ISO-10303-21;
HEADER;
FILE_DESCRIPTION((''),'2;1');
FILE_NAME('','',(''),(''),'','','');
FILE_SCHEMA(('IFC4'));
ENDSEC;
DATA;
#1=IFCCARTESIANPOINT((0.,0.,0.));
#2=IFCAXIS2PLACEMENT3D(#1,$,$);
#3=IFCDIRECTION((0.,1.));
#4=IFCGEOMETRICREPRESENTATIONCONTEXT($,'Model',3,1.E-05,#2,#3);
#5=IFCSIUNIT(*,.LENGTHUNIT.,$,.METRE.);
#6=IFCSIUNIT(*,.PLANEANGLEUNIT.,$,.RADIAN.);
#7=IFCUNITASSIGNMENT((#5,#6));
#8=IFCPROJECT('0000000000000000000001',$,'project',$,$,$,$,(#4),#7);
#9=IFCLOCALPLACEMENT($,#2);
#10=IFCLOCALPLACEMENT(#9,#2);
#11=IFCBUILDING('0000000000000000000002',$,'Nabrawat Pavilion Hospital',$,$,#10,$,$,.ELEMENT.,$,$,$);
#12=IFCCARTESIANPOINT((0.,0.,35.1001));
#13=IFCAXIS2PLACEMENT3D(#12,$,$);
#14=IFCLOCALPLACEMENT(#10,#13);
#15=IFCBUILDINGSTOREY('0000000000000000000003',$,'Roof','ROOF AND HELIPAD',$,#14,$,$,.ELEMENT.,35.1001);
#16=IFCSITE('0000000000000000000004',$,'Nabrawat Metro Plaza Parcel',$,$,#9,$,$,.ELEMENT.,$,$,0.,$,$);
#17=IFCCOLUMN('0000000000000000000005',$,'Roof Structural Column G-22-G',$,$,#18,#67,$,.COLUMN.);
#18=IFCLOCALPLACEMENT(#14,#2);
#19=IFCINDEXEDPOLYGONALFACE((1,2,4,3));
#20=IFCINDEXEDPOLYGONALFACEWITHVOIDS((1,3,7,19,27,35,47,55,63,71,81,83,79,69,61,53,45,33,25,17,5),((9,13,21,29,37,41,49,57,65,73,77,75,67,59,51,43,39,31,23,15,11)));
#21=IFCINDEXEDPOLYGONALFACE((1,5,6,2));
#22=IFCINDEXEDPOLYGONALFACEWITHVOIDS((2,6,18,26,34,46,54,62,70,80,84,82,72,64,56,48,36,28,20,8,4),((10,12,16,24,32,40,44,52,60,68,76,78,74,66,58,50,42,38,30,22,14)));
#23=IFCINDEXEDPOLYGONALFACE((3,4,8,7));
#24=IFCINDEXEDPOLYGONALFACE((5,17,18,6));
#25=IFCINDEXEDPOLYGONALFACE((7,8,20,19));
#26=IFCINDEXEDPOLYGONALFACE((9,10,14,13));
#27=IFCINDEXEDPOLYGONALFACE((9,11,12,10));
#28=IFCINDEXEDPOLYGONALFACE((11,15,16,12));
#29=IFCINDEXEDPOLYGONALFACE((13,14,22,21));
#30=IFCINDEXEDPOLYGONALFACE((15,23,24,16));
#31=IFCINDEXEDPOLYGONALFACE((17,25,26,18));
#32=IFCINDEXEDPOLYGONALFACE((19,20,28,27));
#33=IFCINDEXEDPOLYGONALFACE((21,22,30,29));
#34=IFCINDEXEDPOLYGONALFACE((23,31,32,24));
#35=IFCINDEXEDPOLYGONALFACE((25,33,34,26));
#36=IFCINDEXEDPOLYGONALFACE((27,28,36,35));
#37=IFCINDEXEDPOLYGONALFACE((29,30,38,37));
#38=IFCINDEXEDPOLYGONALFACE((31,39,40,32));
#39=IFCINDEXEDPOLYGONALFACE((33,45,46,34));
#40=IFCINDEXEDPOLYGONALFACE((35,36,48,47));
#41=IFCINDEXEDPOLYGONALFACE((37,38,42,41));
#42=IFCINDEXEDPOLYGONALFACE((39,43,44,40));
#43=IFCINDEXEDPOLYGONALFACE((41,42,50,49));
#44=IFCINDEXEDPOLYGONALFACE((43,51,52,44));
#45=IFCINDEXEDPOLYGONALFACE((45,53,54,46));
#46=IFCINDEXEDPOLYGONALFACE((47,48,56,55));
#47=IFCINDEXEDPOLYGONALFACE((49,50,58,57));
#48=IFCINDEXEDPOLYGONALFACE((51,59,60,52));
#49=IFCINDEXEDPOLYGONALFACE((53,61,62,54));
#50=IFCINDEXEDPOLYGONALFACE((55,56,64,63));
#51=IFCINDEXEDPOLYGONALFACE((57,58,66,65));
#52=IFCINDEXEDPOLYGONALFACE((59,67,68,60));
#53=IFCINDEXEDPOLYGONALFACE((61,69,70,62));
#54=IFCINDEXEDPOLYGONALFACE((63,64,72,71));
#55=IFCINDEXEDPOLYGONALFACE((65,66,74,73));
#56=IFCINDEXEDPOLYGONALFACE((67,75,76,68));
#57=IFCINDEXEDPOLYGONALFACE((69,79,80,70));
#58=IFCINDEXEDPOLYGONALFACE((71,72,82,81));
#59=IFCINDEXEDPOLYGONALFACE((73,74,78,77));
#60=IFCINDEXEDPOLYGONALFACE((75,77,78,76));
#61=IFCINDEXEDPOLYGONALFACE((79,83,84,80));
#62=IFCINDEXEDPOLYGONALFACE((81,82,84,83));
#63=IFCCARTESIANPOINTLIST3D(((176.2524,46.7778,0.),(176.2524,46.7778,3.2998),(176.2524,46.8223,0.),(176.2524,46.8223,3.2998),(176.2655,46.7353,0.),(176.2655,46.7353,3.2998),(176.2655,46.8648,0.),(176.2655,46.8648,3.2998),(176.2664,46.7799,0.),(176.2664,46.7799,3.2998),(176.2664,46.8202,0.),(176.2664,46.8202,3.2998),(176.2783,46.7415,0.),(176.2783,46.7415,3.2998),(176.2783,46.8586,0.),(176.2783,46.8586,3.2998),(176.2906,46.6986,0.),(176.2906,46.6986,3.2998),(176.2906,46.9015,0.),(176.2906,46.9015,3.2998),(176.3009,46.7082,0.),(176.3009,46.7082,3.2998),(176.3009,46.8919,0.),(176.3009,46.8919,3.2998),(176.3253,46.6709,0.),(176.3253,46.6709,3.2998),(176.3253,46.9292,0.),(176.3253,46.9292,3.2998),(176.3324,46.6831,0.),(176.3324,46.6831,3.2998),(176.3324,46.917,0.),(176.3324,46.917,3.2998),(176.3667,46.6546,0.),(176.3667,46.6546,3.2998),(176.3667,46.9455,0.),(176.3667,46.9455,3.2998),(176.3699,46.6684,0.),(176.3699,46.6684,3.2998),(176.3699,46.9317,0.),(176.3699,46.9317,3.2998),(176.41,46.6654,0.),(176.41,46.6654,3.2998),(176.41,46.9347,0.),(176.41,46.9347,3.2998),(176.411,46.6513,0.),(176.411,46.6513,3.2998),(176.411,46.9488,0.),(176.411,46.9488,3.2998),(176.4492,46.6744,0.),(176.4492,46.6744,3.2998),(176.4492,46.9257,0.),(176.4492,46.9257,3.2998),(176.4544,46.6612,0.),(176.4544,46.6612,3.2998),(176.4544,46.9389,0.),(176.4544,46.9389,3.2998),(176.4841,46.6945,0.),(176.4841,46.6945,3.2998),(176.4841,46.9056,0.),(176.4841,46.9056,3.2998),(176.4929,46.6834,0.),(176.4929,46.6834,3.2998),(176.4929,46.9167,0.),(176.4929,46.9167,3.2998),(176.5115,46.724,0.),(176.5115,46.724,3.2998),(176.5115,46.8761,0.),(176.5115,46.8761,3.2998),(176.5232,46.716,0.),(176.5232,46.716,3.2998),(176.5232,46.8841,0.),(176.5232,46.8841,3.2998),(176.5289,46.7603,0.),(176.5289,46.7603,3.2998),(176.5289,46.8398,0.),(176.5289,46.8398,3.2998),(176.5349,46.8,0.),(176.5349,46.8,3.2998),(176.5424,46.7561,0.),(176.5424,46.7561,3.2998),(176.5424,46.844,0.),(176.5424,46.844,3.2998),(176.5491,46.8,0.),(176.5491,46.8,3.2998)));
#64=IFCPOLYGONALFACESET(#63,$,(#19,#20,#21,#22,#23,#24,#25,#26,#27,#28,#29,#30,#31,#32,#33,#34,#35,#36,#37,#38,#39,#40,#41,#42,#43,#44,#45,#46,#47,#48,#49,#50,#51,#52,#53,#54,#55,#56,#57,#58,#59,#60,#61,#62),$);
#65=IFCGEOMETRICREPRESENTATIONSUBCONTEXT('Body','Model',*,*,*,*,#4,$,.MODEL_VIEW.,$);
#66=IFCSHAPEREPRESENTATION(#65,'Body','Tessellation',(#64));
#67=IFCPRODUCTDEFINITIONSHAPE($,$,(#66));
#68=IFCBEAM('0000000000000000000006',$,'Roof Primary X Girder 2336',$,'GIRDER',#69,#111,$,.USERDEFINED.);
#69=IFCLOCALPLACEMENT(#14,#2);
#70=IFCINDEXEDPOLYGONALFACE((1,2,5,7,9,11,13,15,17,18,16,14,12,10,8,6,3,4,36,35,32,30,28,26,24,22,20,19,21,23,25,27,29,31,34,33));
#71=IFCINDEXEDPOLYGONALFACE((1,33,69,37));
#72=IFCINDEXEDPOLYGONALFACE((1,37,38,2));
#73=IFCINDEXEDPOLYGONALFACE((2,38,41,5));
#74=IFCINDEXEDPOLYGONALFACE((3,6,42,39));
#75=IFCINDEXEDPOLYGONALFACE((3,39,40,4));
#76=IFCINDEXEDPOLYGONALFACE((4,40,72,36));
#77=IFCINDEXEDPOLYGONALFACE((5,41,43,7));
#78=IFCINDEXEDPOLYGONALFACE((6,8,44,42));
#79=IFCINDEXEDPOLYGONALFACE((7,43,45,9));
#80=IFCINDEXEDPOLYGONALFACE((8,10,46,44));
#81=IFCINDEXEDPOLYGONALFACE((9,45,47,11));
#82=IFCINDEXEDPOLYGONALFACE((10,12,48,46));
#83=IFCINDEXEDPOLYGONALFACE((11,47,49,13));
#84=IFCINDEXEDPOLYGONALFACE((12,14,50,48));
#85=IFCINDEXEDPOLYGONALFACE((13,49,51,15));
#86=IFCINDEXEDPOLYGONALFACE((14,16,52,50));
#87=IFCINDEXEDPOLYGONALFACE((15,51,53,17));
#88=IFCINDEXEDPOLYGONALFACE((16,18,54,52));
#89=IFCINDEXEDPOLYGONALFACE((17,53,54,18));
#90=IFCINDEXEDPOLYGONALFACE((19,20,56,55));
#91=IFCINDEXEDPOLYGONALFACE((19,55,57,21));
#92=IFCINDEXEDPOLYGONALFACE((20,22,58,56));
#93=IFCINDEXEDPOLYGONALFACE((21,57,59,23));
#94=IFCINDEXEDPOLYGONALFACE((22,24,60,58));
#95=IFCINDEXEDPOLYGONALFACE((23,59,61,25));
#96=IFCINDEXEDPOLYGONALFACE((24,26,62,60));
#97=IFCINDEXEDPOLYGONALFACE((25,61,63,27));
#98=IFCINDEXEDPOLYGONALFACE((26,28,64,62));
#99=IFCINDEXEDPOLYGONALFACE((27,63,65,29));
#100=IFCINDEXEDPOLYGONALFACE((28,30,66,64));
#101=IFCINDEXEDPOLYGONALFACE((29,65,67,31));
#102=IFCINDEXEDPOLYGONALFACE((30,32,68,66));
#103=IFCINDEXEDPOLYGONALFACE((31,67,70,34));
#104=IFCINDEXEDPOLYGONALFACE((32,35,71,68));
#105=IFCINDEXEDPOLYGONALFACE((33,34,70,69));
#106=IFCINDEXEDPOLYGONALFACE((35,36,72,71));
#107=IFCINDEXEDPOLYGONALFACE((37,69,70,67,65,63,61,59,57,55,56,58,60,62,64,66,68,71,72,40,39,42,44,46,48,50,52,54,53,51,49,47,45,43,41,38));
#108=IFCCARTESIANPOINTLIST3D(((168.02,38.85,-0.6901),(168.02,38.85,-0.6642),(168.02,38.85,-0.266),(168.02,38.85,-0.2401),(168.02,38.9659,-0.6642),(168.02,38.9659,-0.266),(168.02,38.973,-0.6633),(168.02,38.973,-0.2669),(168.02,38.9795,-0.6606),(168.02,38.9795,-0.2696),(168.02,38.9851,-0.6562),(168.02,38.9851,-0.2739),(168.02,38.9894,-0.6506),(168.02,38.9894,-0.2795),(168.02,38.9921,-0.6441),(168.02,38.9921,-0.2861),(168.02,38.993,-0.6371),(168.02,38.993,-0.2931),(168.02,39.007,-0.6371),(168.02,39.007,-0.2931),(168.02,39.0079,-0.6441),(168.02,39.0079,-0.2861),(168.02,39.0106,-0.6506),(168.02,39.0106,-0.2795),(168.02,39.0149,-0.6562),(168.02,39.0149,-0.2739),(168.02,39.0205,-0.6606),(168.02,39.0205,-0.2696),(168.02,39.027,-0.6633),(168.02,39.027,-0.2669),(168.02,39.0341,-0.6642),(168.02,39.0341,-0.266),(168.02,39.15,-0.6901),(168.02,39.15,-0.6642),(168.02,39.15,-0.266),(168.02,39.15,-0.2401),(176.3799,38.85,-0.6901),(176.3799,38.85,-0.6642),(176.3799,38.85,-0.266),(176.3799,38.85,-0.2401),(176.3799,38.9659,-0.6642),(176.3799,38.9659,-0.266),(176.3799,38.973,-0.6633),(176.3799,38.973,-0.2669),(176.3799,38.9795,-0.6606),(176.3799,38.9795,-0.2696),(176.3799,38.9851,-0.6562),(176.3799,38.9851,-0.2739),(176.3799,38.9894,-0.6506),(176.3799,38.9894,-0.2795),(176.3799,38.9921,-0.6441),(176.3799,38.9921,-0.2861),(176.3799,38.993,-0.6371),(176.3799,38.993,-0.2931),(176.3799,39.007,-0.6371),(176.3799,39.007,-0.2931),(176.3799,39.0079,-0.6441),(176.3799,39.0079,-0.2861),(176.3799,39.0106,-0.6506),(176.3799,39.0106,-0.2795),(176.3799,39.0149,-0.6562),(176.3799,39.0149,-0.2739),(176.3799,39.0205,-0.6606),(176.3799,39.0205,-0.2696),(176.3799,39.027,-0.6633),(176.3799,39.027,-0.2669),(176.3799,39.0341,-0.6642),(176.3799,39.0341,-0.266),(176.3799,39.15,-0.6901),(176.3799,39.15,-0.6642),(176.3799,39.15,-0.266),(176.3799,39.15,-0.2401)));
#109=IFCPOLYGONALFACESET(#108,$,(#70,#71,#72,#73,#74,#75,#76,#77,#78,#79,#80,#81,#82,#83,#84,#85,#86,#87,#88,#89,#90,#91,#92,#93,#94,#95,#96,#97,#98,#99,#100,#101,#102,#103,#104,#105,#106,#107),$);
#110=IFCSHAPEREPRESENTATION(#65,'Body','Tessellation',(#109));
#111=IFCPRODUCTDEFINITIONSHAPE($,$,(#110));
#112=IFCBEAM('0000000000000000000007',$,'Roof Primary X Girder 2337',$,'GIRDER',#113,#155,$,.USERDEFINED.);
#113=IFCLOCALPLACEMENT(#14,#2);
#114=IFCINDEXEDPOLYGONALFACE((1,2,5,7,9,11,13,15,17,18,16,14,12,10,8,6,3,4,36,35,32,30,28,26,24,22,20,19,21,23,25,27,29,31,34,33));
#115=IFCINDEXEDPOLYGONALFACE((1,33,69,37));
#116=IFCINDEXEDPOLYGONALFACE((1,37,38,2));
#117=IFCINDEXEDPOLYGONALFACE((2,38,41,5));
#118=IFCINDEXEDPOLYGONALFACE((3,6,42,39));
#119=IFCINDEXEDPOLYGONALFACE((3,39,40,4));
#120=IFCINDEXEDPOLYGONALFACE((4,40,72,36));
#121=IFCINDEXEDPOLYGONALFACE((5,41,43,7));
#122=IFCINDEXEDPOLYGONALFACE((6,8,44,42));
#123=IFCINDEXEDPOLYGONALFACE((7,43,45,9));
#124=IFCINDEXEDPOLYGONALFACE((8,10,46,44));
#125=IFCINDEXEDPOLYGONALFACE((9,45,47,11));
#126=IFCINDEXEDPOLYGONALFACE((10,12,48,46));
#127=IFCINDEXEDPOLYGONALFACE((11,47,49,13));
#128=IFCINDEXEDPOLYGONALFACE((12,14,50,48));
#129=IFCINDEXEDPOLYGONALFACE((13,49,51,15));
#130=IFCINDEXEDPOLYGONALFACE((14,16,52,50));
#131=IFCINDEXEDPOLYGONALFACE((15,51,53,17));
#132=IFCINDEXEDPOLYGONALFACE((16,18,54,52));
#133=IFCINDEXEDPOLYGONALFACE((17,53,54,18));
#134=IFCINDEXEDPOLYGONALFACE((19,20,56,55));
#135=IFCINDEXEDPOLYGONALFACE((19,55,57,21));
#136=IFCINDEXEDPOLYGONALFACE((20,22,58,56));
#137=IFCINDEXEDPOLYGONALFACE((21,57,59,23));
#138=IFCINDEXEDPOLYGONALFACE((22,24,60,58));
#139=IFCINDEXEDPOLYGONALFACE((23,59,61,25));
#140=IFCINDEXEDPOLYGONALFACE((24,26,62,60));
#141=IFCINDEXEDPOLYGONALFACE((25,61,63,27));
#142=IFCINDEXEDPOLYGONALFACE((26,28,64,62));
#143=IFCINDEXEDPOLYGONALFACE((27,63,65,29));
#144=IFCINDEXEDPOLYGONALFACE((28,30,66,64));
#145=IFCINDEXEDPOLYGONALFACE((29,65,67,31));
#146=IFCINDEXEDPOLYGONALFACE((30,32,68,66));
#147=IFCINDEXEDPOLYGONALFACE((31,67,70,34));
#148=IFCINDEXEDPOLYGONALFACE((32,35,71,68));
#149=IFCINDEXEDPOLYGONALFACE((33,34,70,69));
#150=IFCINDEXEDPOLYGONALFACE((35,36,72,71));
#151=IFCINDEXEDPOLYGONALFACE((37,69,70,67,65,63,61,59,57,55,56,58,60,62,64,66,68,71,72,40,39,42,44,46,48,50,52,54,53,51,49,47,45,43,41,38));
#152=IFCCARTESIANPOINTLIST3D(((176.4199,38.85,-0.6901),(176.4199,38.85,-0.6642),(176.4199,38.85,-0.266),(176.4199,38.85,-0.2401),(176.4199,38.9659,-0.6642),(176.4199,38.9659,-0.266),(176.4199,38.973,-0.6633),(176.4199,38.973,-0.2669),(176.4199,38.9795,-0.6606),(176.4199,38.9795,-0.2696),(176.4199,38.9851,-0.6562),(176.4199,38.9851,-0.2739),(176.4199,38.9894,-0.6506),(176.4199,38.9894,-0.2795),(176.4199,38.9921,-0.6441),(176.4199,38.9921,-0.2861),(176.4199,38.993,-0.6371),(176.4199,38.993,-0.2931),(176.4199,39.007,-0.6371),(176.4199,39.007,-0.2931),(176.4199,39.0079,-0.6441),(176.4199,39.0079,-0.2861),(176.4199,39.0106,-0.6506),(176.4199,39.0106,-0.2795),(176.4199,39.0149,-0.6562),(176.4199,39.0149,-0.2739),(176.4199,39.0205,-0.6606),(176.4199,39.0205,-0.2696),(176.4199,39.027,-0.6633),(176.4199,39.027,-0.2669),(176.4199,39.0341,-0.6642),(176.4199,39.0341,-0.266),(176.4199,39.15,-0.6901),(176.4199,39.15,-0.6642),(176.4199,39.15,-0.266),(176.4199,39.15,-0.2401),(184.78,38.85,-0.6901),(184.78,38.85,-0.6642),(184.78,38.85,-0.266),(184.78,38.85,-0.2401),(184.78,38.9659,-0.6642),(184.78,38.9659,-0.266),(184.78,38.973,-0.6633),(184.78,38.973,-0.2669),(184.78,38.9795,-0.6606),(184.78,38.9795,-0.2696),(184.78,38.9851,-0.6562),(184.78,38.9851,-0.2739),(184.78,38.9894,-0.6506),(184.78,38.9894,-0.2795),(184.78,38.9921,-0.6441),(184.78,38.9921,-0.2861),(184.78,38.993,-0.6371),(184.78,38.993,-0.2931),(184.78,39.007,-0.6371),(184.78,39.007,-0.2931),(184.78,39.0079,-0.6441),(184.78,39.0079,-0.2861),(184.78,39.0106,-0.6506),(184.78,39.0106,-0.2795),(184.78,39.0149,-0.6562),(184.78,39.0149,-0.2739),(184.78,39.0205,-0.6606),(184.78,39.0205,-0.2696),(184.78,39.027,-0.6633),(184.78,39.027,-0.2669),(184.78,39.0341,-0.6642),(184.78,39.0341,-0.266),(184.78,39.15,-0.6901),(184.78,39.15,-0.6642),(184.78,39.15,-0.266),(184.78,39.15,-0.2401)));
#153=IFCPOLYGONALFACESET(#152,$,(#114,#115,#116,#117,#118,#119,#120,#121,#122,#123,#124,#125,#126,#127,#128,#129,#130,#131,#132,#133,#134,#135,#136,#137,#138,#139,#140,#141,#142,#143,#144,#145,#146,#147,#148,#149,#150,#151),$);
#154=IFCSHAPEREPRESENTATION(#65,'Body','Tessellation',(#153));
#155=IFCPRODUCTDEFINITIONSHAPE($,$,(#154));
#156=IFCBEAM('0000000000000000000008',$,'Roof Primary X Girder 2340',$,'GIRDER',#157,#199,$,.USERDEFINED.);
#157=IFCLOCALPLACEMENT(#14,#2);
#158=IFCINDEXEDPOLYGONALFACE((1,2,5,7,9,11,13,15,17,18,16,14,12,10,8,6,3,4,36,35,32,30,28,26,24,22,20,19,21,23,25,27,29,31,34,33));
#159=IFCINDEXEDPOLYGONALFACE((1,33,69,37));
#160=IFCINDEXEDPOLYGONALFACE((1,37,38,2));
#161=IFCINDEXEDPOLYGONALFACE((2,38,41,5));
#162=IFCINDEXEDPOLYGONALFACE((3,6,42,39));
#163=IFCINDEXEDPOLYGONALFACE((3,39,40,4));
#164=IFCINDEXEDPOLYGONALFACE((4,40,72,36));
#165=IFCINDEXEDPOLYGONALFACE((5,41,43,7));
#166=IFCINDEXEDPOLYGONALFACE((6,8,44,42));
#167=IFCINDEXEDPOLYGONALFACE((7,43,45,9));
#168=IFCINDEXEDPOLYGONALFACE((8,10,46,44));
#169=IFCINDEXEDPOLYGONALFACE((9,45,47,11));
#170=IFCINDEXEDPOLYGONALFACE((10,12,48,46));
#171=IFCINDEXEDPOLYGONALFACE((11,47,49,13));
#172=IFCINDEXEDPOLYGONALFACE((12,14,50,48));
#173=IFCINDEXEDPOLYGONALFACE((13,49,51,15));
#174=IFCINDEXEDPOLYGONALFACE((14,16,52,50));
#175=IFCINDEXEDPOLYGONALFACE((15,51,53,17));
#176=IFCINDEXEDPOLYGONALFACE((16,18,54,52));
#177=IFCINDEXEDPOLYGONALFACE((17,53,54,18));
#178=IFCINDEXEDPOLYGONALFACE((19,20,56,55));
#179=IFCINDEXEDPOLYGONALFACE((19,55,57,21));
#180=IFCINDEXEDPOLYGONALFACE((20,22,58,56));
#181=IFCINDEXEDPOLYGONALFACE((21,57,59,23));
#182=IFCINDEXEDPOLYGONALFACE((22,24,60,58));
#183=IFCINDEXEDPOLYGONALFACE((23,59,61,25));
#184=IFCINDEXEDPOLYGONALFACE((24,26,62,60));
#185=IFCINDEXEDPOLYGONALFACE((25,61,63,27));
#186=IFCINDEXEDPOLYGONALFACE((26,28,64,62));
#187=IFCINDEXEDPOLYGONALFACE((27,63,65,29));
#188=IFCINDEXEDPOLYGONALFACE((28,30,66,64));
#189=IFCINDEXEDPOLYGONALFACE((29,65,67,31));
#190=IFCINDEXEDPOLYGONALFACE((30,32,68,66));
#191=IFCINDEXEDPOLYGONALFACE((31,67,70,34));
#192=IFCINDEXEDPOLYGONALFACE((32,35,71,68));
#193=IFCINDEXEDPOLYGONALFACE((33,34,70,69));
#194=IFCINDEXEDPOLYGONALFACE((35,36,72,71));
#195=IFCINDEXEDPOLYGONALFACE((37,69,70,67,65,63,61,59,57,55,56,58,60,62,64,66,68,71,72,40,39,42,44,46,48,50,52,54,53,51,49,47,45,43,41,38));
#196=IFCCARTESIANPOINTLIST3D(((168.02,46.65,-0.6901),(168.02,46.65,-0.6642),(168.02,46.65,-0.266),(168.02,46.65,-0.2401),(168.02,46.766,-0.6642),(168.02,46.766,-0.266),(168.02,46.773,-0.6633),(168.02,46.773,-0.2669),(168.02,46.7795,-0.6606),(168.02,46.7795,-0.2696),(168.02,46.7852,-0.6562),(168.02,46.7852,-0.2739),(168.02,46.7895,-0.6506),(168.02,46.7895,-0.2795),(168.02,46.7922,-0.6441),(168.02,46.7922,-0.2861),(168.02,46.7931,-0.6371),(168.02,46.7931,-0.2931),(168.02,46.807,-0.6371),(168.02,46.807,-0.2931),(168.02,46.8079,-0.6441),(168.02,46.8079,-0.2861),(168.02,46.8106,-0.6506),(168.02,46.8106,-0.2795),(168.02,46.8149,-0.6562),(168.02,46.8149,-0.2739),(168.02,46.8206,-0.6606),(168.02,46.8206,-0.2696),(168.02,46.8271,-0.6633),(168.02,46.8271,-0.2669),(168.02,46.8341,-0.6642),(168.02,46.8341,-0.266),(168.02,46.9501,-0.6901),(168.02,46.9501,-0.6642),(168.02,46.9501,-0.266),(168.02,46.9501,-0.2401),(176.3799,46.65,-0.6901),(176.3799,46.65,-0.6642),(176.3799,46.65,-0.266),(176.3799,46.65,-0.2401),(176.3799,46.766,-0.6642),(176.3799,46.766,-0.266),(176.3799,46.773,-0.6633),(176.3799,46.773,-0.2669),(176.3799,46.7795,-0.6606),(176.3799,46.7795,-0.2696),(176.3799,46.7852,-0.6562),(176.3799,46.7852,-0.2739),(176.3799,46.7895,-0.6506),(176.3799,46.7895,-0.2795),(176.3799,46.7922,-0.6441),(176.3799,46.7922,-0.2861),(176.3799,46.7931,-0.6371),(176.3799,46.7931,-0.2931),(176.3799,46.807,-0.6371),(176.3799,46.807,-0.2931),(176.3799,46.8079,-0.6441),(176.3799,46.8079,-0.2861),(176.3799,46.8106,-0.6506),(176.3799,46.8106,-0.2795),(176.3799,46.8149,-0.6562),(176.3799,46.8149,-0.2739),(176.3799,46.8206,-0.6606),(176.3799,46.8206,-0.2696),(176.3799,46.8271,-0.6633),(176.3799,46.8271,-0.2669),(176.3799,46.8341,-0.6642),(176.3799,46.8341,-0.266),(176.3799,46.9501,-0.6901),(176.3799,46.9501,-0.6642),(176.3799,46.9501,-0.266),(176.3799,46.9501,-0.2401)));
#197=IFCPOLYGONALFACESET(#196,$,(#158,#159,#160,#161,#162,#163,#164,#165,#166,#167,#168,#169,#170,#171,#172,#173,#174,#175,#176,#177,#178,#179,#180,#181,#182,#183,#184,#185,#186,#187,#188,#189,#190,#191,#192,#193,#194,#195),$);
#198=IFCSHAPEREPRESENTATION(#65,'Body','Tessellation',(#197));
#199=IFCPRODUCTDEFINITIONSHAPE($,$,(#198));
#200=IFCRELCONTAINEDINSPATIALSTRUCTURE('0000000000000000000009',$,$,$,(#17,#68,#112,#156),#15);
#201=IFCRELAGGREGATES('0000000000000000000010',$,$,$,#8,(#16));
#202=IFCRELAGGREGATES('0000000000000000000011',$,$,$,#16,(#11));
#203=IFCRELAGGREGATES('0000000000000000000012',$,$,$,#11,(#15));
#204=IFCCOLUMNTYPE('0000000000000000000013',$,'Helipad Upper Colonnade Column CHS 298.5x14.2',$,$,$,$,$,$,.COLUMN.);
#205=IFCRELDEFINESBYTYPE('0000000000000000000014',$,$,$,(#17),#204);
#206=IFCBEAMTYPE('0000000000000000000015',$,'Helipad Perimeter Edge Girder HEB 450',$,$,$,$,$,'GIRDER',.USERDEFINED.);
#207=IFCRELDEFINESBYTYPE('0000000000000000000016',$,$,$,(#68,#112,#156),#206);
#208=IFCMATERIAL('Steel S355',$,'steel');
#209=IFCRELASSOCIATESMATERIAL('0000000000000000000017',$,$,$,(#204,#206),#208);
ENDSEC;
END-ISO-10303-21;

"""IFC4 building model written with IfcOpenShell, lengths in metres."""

from ifc_helpers import new_model, si_unit, direction, frame, origin, origin_2d, place, context, subcontext, project, spatial, hollow_circle, i_section, extrude, material, material_profile, profile_set, type_object, element, save


model = new_model("IFC4")

# Units and contexts
model_context = context("Model", 3, precision=1e-05, world=origin(), true_north=direction((0.0, 1.0)))
body_context = subcontext(model_context, "Body", "Model", "MODEL_VIEW")
ifc_project = project(units=[si_unit("LENGTHUNIT", "METRE"), si_unit("PLANEANGLEUNIT", "RADIAN")], contexts=[model_context])

# Site, building, storey
site_placement = place(None, origin())
site = spatial("IfcSite", under=ifc_project, at=site_placement, Name="Nabrawat Metro Plaza Parcel", CompositionType="ELEMENT", RefElevation=0.0)
building_placement = place(site_placement, origin())
building = spatial("IfcBuilding", under=site, at=building_placement, Name="Nabrawat Pavilion Hospital", CompositionType="ELEMENT")
storey_placement = place(building_placement, frame((0.0, 0.0, 35.1001)))
storey = spatial("IfcBuildingStorey", under=building, at=storey_placement, Name="Roof", Description="ROOF AND HELIPAD", CompositionType="ELEMENT", Elevation=35.1001)

# Column
ifc_material_1 = material(Name="Steel S355", Category="steel")
ifc_material_profile_1 = material_profile(ifc_material_1, hollow_circle(Radius=0.1492, WallThickness=0.0142, at=origin_2d()), Name="CHS 298.5x14.2")
ifc_profile_set_1 = profile_set([ifc_material_profile_1], Name="Steel S355")
column_type = type_object("IfcColumnType", Name="Helipad Upper Colonnade Column CHS 298.5x14.2", PredefinedType="COLUMN", material=ifc_profile_set_1)
column_placement = place(storey_placement, frame((176.3999, 46.8, 0.0), z_axis=(0.0, 0.0, 1.0), x_axis=(1.0, 0.0, 0.0)))
element("IfcColumn", 1, at=column_placement, inside=storey, type_object=column_type, Name="Roof Structural Column G-22-G", PredefinedType="COLUMN", context=body_context, shape_type="SweptSolid", body=[
    extrude(hollow_circle(Radius=0.1492, WallThickness=0.0142, at=origin_2d()), origin(), (0.0, 0.0, 1.0), 3.2998),
])

# Beams
ifc_material_profile_2 = material_profile(ifc_material_1, i_section(OverallWidth=0.3, OverallDepth=0.45, WebThickness=0.0139, FlangeThickness=0.0259, FilletRadius=0.0271, at=origin_2d()), Name="HEB 450")
ifc_profile_set_2 = profile_set([ifc_material_profile_2], Name="Steel S355")
beam_type_1 = type_object("IfcBeamType", Name="Helipad Perimeter Edge Girder HEB 450", ElementType="GIRDER", PredefinedType="USERDEFINED", material=ifc_profile_set_2)
beam_1_placement = place(storey_placement, frame((168.02, 39.0, -0.4651), z_axis=(1.0, 0.0, 0.0), x_axis=(0.0, 1.0, 0.0)))
element("IfcBeam", 2, at=beam_1_placement, inside=storey, type_object=beam_type_1, Name="Roof Primary X Girder 2336", ObjectType="GIRDER", PredefinedType="USERDEFINED", context=body_context, shape_type="SweptSolid", body=[
    extrude(i_section(OverallWidth=0.3, OverallDepth=0.45, WebThickness=0.0139, FlangeThickness=0.0259, FilletRadius=0.0271, at=origin_2d()), origin(), (0.0, 0.0, 1.0), 8.3599),
])
beam_2_placement = place(storey_placement, frame((176.4199, 39.0, -0.4651), z_axis=(1.0, 0.0, 0.0), x_axis=(0.0, 1.0, 0.0)))
element("IfcBeam", 3, at=beam_2_placement, inside=storey, type_object=beam_type_1, Name="Roof Primary X Girder 2337", ObjectType="GIRDER", PredefinedType="USERDEFINED", context=body_context, shape_type="SweptSolid", body=[
    extrude(i_section(OverallWidth=0.3, OverallDepth=0.45, WebThickness=0.0139, FlangeThickness=0.0259, FilletRadius=0.0271, at=origin_2d()), origin(), (0.0, 0.0, 1.0), 8.3601),
])
beam_3_placement = place(storey_placement, frame((168.02, 46.8, -0.4651), z_axis=(1.0, 0.0, 0.0), x_axis=(0.0, 1.0, 0.0)))
element("IfcBeam", 4, at=beam_3_placement, inside=storey, type_object=beam_type_1, Name="Roof Primary X Girder 2340", ObjectType="GIRDER", PredefinedType="USERDEFINED", context=body_context, shape_type="SweptSolid", body=[
    extrude(i_section(OverallWidth=0.3, OverallDepth=0.45, WebThickness=0.0139, FlangeThickness=0.0259, FilletRadius=0.0271, at=origin_2d()), origin(), (0.0, 0.0, 1.0), 8.3599),
])

save(model, "model.ifc")
